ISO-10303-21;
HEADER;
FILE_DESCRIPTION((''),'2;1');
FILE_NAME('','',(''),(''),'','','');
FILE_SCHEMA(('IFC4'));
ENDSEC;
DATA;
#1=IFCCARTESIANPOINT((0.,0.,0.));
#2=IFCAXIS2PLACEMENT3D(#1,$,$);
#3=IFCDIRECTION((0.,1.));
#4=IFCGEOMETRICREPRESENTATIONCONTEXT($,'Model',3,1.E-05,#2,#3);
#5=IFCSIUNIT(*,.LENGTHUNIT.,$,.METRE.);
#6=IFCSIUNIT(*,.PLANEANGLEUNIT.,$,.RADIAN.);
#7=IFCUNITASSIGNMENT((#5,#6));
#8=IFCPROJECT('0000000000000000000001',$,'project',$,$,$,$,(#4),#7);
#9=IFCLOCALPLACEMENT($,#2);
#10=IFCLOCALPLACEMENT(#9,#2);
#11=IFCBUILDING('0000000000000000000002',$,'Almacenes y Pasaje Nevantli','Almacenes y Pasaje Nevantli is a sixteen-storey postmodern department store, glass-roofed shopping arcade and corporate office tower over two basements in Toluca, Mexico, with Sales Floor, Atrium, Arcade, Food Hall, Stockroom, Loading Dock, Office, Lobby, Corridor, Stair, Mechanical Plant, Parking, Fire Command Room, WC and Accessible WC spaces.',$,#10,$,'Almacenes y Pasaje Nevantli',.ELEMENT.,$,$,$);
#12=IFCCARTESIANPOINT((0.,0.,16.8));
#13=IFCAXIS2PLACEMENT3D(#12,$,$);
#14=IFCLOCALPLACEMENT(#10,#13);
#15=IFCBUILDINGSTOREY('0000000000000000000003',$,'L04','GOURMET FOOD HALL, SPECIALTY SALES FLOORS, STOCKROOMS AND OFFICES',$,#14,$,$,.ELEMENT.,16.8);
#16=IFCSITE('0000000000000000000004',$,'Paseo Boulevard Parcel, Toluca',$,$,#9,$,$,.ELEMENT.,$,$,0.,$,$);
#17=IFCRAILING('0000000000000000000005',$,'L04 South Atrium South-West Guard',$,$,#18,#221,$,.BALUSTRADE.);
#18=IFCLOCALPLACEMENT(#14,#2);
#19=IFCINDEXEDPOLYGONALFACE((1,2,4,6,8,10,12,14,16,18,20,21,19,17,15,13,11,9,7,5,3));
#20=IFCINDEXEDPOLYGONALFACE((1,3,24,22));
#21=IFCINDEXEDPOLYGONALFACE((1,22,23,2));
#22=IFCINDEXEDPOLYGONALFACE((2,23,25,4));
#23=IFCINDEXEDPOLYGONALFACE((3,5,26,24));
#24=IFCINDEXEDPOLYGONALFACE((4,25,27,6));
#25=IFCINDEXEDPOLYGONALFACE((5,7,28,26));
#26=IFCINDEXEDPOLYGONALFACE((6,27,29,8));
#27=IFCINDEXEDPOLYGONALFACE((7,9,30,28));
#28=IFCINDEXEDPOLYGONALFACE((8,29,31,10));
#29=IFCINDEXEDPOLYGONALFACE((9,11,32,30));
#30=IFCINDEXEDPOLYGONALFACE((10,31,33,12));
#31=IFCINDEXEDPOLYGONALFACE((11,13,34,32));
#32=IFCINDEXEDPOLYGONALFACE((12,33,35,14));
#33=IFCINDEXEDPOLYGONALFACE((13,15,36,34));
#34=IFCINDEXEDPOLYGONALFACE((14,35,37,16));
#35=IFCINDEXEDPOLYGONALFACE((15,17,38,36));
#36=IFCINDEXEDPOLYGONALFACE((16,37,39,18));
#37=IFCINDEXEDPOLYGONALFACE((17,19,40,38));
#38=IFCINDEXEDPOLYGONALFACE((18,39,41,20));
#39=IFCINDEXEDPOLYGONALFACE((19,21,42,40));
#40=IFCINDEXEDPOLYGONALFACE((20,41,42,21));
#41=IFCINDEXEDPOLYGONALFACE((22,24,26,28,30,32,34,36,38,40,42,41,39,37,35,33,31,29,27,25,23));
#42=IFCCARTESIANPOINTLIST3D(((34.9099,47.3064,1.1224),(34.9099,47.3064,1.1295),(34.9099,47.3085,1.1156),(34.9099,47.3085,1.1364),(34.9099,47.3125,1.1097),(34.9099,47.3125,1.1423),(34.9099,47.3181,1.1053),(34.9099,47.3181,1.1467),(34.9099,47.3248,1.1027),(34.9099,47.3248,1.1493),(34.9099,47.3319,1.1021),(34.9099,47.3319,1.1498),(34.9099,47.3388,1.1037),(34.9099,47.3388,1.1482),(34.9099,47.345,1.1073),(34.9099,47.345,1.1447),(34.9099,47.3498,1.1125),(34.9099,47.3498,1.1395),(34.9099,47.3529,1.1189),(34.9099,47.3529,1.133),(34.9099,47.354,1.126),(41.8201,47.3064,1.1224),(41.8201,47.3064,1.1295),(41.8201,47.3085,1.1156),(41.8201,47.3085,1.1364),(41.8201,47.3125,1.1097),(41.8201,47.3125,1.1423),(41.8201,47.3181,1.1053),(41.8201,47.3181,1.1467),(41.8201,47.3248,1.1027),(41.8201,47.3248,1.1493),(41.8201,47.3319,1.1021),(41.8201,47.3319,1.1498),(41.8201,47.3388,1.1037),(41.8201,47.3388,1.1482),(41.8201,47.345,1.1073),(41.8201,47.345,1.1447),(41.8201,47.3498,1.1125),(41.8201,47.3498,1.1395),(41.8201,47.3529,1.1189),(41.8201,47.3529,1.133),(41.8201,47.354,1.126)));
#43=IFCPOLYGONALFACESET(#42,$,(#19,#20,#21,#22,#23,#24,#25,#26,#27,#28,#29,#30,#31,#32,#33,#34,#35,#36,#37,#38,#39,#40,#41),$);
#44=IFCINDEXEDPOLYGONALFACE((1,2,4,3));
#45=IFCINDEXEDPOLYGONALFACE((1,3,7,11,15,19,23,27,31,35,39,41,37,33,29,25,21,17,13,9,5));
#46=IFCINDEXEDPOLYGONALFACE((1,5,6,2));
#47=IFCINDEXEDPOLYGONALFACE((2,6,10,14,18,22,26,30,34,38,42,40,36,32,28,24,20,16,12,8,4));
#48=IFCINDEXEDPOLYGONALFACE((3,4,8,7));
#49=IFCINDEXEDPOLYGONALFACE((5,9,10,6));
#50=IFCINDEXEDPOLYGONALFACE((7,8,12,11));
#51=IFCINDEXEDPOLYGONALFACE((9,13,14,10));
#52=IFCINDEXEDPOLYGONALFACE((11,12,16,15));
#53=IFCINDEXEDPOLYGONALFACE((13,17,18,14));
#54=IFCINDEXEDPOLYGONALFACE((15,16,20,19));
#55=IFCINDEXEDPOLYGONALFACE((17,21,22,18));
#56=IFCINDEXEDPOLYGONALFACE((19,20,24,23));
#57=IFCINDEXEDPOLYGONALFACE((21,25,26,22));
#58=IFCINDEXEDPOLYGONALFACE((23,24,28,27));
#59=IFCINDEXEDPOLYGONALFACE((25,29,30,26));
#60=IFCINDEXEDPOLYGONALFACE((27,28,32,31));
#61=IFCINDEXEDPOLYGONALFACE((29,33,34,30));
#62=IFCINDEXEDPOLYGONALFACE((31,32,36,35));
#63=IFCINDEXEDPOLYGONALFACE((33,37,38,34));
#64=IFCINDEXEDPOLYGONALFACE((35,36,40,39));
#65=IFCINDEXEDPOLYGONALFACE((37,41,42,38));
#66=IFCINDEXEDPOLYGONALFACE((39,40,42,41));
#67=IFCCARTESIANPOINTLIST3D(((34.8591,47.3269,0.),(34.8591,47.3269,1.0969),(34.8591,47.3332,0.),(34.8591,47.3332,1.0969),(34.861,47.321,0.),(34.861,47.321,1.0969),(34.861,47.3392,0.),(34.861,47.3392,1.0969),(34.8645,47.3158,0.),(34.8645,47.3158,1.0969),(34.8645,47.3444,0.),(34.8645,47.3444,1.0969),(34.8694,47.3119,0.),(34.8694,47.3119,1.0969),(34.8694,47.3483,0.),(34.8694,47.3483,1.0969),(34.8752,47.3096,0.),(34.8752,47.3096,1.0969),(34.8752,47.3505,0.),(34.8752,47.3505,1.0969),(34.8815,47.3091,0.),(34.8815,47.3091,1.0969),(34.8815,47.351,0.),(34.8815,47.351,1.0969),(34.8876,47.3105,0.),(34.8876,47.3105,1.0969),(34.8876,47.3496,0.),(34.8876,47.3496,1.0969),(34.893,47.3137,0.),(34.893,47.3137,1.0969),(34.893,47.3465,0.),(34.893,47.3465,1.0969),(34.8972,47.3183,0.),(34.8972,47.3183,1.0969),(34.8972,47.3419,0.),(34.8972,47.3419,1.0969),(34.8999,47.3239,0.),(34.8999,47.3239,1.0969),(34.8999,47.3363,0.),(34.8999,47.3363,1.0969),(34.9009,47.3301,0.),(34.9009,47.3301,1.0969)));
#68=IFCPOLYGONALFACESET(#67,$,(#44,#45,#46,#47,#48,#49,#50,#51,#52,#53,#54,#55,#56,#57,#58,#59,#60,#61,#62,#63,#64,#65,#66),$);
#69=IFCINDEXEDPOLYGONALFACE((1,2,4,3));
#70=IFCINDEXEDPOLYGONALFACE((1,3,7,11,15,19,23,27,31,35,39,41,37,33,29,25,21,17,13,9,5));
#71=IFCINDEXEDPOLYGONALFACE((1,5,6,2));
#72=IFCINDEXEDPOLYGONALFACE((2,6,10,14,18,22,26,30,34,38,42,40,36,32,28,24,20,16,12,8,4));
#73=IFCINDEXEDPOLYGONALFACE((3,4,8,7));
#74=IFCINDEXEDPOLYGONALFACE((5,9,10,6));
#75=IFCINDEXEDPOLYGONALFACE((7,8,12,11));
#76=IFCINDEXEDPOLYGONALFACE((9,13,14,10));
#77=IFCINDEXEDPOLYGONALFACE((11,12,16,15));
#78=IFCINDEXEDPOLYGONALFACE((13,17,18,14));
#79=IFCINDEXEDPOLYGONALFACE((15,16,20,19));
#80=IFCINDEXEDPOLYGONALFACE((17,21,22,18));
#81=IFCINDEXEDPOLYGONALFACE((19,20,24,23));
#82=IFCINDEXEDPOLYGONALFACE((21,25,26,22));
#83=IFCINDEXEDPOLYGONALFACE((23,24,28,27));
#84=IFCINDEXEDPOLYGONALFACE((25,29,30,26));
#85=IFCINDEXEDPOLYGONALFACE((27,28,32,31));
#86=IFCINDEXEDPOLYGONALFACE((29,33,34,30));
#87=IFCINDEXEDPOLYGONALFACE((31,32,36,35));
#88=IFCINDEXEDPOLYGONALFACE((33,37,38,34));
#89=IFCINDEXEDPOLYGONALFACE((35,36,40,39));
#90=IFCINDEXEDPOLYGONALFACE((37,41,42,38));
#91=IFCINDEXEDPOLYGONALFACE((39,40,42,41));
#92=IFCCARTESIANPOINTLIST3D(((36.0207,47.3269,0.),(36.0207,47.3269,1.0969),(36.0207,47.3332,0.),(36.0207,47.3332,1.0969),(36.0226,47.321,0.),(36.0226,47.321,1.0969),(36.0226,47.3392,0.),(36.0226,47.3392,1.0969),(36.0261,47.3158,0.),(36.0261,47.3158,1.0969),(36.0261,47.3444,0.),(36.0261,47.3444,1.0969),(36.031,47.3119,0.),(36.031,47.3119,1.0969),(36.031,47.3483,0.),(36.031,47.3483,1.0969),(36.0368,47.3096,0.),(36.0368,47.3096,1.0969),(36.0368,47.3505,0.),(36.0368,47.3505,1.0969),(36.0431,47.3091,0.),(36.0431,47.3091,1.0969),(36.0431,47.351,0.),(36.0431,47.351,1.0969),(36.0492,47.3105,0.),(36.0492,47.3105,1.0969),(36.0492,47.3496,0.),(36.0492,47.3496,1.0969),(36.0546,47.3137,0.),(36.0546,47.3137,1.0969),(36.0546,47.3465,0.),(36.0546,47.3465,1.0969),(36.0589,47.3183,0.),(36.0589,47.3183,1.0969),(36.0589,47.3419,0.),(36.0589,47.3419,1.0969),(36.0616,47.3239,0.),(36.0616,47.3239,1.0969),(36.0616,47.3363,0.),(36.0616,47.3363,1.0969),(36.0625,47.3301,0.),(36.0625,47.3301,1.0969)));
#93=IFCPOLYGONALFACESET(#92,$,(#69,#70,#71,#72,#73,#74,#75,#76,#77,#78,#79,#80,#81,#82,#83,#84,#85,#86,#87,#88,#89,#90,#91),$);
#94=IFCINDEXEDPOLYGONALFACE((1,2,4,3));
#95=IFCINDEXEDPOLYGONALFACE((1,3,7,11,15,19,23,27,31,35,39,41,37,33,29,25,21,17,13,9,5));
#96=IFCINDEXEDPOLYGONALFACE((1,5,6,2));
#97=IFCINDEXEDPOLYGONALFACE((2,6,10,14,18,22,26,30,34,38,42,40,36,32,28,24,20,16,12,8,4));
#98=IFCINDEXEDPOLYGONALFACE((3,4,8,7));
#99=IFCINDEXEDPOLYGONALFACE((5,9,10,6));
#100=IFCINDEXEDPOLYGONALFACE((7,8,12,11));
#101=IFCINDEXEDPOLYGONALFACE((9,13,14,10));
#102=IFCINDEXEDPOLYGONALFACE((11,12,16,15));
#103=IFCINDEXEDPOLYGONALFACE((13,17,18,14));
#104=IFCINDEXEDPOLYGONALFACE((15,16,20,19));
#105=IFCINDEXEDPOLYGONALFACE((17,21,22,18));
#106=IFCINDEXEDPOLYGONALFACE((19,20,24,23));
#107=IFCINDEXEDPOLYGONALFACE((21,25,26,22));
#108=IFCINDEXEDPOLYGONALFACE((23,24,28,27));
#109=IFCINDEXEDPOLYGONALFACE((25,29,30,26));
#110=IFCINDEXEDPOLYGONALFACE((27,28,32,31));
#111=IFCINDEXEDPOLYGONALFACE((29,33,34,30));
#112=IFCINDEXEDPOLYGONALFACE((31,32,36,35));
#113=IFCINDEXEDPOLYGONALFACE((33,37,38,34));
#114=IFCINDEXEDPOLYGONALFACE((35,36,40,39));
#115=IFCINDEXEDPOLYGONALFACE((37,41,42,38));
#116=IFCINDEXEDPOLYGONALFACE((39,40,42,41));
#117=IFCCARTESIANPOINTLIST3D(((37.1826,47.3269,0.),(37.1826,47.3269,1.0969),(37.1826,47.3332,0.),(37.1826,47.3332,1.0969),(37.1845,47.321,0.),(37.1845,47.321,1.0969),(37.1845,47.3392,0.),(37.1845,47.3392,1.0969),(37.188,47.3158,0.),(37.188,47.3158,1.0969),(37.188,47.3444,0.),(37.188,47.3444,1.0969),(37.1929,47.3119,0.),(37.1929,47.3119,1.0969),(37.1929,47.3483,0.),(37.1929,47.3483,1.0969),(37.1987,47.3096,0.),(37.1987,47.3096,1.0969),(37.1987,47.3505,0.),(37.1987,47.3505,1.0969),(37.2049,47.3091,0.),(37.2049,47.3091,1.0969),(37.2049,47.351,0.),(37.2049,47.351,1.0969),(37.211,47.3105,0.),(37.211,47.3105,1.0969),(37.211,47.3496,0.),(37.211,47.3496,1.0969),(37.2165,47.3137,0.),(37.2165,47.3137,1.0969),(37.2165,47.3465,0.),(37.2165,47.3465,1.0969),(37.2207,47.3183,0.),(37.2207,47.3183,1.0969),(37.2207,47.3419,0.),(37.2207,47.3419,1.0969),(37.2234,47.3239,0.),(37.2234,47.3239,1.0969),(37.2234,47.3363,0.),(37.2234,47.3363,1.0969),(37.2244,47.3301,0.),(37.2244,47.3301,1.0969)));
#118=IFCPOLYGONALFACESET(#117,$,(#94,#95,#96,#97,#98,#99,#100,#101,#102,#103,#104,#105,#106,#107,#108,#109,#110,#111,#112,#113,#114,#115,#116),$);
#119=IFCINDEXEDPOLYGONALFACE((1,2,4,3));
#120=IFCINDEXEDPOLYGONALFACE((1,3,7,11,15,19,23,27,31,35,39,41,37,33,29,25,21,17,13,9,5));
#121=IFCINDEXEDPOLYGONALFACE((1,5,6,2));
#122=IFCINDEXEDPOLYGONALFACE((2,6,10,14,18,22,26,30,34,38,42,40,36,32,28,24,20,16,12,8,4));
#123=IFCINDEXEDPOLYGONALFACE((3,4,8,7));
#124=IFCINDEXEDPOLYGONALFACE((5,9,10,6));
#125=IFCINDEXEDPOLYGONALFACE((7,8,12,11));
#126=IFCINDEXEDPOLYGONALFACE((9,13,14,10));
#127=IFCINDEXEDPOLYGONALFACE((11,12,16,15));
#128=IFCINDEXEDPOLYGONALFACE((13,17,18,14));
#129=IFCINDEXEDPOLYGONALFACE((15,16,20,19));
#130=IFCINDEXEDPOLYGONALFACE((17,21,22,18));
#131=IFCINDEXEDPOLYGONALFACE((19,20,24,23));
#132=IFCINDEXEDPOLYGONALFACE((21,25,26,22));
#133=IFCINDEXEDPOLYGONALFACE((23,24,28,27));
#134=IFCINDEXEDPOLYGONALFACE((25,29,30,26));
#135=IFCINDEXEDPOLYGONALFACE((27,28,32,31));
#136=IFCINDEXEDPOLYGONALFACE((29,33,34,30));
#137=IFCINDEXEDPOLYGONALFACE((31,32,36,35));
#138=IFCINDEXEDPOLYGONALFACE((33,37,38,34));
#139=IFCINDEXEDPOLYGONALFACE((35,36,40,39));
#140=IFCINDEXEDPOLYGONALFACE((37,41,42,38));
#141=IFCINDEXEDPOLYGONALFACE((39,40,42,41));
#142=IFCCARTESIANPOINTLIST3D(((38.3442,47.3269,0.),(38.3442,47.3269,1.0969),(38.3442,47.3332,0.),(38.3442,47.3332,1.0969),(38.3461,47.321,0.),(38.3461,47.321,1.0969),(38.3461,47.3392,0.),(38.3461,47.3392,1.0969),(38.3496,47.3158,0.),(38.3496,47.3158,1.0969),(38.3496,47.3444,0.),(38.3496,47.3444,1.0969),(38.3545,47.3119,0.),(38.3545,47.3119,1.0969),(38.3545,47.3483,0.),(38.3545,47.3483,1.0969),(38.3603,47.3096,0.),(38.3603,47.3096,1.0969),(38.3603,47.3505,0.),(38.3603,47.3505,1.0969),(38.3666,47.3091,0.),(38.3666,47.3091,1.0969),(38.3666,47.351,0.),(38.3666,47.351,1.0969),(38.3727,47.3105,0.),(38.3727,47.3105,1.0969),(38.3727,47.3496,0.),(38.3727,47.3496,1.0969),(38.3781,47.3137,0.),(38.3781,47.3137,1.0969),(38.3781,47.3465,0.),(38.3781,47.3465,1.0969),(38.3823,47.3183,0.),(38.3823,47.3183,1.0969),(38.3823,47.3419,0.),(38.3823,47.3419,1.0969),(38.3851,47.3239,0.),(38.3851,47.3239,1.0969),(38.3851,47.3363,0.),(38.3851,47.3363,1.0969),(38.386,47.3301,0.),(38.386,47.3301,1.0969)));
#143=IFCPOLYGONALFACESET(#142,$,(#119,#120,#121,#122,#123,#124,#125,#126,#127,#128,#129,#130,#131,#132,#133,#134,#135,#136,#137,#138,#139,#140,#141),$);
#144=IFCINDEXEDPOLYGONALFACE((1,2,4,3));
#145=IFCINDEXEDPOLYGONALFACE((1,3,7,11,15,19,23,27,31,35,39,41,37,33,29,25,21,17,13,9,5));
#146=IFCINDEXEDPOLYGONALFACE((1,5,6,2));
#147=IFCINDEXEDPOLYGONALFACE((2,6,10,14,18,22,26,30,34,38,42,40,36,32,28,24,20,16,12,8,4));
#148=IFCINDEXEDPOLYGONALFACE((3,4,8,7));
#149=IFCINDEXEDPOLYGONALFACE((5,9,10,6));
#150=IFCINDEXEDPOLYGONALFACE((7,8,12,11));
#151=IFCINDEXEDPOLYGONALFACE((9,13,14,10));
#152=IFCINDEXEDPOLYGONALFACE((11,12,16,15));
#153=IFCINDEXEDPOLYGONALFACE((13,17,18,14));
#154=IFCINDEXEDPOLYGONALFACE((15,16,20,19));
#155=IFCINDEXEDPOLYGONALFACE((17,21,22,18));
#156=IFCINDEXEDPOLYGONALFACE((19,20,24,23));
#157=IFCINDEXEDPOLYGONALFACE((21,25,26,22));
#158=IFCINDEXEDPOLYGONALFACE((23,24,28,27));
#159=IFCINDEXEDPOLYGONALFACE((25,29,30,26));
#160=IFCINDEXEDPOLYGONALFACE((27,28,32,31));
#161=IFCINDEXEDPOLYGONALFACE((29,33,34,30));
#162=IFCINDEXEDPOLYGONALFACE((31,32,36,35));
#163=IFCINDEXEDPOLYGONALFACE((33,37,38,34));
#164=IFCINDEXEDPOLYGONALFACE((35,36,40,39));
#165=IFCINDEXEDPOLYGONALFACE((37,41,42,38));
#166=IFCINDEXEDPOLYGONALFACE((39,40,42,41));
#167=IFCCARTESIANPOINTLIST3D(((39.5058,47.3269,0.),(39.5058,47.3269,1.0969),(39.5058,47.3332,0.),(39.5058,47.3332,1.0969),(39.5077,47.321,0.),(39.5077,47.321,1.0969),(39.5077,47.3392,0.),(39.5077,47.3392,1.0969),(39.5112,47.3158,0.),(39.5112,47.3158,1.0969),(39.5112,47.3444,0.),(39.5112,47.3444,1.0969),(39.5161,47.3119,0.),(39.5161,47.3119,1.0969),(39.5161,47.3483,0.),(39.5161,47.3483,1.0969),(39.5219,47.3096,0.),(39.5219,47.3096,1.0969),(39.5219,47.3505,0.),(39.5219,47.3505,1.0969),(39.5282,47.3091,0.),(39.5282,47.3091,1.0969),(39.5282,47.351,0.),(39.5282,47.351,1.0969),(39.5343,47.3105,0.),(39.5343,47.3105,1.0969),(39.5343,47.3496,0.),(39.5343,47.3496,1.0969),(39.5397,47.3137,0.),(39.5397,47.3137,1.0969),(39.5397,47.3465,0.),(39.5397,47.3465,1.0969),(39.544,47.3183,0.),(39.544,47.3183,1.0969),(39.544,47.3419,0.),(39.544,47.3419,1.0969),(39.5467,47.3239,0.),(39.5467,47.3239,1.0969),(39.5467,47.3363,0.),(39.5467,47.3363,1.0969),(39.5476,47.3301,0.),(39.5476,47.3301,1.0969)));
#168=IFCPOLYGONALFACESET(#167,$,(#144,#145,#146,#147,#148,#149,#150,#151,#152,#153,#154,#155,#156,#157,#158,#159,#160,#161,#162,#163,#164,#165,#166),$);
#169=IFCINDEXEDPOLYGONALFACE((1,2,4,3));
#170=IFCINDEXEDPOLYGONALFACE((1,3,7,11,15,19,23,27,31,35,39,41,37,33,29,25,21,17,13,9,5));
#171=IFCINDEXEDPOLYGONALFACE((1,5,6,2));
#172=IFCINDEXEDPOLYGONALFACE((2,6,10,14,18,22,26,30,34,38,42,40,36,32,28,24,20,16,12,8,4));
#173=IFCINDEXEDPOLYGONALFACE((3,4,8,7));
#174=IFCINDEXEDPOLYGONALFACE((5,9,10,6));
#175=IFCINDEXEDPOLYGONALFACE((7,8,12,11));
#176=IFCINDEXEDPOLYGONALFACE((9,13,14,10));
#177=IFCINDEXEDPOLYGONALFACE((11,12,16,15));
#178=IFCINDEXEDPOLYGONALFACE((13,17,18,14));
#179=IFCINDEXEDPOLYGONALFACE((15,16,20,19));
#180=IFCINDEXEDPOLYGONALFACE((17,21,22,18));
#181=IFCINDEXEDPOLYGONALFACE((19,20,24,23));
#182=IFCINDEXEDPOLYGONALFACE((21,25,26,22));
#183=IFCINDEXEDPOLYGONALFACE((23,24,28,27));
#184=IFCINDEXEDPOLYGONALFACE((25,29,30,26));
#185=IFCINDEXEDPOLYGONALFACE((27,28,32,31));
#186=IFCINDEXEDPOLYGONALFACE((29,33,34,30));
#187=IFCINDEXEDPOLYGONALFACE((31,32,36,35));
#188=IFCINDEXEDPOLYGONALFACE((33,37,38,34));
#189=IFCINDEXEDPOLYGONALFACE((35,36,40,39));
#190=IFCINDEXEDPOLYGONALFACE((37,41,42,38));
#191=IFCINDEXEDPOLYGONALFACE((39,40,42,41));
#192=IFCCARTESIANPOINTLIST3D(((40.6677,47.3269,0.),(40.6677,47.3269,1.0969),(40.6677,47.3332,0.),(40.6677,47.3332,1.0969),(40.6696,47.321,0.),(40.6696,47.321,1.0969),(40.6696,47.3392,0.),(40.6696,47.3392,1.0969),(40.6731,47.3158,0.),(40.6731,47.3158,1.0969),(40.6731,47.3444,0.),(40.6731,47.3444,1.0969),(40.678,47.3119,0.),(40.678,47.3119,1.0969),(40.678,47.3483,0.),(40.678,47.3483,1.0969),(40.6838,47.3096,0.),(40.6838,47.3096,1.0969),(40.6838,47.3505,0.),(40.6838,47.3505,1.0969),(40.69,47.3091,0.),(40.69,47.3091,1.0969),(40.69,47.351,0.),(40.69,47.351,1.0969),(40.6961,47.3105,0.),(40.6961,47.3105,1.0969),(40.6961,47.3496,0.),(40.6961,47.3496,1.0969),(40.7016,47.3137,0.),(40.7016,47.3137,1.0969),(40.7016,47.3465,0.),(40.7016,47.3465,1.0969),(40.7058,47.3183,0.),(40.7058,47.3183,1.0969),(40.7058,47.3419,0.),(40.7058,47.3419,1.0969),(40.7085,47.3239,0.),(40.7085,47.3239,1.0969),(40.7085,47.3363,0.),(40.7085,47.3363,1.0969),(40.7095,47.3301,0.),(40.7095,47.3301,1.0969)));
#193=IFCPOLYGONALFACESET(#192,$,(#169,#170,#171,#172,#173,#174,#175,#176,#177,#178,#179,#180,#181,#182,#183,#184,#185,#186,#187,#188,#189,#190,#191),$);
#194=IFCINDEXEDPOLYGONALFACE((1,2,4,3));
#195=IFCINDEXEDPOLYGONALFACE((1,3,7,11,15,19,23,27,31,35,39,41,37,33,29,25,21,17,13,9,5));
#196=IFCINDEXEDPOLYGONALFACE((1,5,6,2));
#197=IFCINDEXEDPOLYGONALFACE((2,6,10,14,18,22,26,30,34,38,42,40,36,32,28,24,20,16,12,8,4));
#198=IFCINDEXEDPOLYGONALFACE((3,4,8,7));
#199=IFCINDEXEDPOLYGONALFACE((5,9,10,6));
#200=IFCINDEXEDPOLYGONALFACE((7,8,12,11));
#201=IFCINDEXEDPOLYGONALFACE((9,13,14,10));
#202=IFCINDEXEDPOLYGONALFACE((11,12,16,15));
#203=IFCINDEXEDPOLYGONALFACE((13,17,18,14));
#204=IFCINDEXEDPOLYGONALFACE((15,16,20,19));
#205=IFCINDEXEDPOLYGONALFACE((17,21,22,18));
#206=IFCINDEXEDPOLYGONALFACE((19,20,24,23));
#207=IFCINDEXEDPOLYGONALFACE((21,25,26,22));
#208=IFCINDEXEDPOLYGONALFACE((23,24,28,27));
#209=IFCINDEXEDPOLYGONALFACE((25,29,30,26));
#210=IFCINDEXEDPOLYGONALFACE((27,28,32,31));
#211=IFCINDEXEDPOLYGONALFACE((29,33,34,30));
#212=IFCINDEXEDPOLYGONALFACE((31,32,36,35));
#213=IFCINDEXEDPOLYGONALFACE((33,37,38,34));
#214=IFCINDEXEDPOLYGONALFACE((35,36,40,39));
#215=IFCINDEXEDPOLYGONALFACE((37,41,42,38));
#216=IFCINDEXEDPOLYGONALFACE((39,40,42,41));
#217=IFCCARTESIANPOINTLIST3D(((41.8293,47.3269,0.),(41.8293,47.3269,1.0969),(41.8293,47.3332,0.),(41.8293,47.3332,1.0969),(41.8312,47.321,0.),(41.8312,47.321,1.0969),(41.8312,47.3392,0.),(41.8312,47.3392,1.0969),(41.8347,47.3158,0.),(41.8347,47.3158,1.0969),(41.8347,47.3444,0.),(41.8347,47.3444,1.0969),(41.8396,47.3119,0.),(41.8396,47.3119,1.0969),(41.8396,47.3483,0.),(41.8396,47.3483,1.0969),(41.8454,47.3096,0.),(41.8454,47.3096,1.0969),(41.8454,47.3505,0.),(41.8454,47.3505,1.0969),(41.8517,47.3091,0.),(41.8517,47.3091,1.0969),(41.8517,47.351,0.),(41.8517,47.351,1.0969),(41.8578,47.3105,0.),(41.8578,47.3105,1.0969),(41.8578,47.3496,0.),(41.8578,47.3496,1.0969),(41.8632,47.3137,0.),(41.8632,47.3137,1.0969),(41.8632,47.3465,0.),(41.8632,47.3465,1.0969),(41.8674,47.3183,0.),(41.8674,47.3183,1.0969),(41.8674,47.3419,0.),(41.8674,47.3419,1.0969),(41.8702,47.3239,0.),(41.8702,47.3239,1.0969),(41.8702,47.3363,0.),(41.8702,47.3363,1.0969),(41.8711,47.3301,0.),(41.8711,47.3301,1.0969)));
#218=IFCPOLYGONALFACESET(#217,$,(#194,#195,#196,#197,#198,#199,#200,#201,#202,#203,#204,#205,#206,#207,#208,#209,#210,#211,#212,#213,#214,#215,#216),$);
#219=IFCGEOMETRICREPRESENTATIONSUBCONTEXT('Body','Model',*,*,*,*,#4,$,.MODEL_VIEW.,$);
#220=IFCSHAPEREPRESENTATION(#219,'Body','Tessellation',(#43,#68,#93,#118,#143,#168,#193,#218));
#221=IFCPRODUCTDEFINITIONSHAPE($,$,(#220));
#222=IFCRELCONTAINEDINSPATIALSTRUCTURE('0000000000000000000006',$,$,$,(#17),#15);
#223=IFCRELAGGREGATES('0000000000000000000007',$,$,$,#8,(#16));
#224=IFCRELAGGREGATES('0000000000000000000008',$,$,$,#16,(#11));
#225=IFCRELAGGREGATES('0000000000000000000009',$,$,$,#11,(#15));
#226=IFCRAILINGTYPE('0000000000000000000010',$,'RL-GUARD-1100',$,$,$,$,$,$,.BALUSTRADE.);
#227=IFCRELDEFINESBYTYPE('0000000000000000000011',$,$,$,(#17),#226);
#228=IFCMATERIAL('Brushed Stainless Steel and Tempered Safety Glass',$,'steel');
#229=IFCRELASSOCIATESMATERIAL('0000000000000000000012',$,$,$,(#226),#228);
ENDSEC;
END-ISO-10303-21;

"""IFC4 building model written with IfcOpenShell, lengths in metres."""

from ifc_helpers import new_model, si_unit, direction, frame, origin, origin_2d, place, context, subcontext, project, spatial, circle, extrude, material, type_object, element, save


model = new_model("IFC4")

# Units and contexts
model_context = context("Model", 3, precision=1e-05, world=origin(), true_north=direction((0.0, 1.0)))
body_context = subcontext(model_context, "Body", "Model", "MODEL_VIEW")
ifc_project = project(units=[si_unit("LENGTHUNIT", "METRE"), si_unit("PLANEANGLEUNIT", "RADIAN")], contexts=[model_context])

# Site, building, storey
site_placement = place(None, origin())
site = spatial("IfcSite", under=ifc_project, at=site_placement, Name="Paseo Boulevard Parcel, Toluca", CompositionType="ELEMENT", RefElevation=0.0)
building_placement = place(site_placement, origin())
building = spatial("IfcBuilding", under=site, at=building_placement, Name="Almacenes y Pasaje Nevantli", Description="Almacenes y Pasaje Nevantli is a sixteen-storey postmodern department store, glass-roofed shopping arcade and corporate office tower over two basements in Toluca, Mexico, with Sales Floor, Atrium, Arcade, Food Hall, Stockroom, Loading Dock, Office, Lobby, Corridor, Stair, Mechanical Plant, Parking, Fire Command Room, WC and Accessible WC spaces.", LongName="Almacenes y Pasaje Nevantli", CompositionType="ELEMENT")
storey_placement = place(building_placement, frame((0.0, 0.0, 16.8)))
storey = spatial("IfcBuildingStorey", under=building, at=storey_placement, Name="L04", Description="GOURMET FOOD HALL, SPECIALTY SALES FLOORS, STOCKROOMS AND OFFICES", CompositionType="ELEMENT", Elevation=16.8)

# Railing
ifc_material_1 = material(Name="Brushed Stainless Steel and Tempered Safety Glass", Category="steel")
railing_type = type_object("IfcRailingType", Name="RL-GUARD-1100", PredefinedType="BALUSTRADE", material=ifc_material_1)
railing_1_placement = place(storey_placement, frame((34.8799, 47.3301, 0.0)))
element("IfcRailing", 1, at=railing_1_placement, inside=storey, type_object=railing_type, Name="L04 South Atrium South-West Guard", PredefinedType="BALUSTRADE", context=body_context, shape_type="SweptSolid", body=[
    extrude(circle(Radius=0.0239, at=origin_2d()), frame((0.03, 0.0, 1.126), z_axis=(1.0, 0.0, 0.0), x_axis=(0.0, 1.0, 0.0)), (0.0, 0.0, 1.0), 6.9102),
    extrude(circle(Radius=0.021, at=origin_2d()), origin(), (0.0, 0.0, 1.0), 1.0969),
    extrude(circle(Radius=0.021, at=origin_2d()), frame((1.1616, 0.0, 0.0)), (0.0, 0.0, 1.0), 1.0969),
    extrude(circle(Radius=0.021, at=origin_2d()), frame((2.3235, 0.0, 0.0)), (0.0, 0.0, 1.0), 1.0969),
    extrude(circle(Radius=0.021, at=origin_2d()), frame((3.4851, 0.0, 0.0)), (0.0, 0.0, 1.0), 1.0969),
    extrude(circle(Radius=0.021, at=origin_2d()), frame((4.6467, 0.0, 0.0)), (0.0, 0.0, 1.0), 1.0969),
    extrude(circle(Radius=0.021, at=origin_2d()), frame((5.8086, 0.0, 0.0)), (0.0, 0.0, 1.0), 1.0969),
    extrude(circle(Radius=0.021, at=origin_2d()), frame((6.9702, 0.0, 0.0)), (0.0, 0.0, 1.0), 1.0969),
])

save(model, "model.ifc")
